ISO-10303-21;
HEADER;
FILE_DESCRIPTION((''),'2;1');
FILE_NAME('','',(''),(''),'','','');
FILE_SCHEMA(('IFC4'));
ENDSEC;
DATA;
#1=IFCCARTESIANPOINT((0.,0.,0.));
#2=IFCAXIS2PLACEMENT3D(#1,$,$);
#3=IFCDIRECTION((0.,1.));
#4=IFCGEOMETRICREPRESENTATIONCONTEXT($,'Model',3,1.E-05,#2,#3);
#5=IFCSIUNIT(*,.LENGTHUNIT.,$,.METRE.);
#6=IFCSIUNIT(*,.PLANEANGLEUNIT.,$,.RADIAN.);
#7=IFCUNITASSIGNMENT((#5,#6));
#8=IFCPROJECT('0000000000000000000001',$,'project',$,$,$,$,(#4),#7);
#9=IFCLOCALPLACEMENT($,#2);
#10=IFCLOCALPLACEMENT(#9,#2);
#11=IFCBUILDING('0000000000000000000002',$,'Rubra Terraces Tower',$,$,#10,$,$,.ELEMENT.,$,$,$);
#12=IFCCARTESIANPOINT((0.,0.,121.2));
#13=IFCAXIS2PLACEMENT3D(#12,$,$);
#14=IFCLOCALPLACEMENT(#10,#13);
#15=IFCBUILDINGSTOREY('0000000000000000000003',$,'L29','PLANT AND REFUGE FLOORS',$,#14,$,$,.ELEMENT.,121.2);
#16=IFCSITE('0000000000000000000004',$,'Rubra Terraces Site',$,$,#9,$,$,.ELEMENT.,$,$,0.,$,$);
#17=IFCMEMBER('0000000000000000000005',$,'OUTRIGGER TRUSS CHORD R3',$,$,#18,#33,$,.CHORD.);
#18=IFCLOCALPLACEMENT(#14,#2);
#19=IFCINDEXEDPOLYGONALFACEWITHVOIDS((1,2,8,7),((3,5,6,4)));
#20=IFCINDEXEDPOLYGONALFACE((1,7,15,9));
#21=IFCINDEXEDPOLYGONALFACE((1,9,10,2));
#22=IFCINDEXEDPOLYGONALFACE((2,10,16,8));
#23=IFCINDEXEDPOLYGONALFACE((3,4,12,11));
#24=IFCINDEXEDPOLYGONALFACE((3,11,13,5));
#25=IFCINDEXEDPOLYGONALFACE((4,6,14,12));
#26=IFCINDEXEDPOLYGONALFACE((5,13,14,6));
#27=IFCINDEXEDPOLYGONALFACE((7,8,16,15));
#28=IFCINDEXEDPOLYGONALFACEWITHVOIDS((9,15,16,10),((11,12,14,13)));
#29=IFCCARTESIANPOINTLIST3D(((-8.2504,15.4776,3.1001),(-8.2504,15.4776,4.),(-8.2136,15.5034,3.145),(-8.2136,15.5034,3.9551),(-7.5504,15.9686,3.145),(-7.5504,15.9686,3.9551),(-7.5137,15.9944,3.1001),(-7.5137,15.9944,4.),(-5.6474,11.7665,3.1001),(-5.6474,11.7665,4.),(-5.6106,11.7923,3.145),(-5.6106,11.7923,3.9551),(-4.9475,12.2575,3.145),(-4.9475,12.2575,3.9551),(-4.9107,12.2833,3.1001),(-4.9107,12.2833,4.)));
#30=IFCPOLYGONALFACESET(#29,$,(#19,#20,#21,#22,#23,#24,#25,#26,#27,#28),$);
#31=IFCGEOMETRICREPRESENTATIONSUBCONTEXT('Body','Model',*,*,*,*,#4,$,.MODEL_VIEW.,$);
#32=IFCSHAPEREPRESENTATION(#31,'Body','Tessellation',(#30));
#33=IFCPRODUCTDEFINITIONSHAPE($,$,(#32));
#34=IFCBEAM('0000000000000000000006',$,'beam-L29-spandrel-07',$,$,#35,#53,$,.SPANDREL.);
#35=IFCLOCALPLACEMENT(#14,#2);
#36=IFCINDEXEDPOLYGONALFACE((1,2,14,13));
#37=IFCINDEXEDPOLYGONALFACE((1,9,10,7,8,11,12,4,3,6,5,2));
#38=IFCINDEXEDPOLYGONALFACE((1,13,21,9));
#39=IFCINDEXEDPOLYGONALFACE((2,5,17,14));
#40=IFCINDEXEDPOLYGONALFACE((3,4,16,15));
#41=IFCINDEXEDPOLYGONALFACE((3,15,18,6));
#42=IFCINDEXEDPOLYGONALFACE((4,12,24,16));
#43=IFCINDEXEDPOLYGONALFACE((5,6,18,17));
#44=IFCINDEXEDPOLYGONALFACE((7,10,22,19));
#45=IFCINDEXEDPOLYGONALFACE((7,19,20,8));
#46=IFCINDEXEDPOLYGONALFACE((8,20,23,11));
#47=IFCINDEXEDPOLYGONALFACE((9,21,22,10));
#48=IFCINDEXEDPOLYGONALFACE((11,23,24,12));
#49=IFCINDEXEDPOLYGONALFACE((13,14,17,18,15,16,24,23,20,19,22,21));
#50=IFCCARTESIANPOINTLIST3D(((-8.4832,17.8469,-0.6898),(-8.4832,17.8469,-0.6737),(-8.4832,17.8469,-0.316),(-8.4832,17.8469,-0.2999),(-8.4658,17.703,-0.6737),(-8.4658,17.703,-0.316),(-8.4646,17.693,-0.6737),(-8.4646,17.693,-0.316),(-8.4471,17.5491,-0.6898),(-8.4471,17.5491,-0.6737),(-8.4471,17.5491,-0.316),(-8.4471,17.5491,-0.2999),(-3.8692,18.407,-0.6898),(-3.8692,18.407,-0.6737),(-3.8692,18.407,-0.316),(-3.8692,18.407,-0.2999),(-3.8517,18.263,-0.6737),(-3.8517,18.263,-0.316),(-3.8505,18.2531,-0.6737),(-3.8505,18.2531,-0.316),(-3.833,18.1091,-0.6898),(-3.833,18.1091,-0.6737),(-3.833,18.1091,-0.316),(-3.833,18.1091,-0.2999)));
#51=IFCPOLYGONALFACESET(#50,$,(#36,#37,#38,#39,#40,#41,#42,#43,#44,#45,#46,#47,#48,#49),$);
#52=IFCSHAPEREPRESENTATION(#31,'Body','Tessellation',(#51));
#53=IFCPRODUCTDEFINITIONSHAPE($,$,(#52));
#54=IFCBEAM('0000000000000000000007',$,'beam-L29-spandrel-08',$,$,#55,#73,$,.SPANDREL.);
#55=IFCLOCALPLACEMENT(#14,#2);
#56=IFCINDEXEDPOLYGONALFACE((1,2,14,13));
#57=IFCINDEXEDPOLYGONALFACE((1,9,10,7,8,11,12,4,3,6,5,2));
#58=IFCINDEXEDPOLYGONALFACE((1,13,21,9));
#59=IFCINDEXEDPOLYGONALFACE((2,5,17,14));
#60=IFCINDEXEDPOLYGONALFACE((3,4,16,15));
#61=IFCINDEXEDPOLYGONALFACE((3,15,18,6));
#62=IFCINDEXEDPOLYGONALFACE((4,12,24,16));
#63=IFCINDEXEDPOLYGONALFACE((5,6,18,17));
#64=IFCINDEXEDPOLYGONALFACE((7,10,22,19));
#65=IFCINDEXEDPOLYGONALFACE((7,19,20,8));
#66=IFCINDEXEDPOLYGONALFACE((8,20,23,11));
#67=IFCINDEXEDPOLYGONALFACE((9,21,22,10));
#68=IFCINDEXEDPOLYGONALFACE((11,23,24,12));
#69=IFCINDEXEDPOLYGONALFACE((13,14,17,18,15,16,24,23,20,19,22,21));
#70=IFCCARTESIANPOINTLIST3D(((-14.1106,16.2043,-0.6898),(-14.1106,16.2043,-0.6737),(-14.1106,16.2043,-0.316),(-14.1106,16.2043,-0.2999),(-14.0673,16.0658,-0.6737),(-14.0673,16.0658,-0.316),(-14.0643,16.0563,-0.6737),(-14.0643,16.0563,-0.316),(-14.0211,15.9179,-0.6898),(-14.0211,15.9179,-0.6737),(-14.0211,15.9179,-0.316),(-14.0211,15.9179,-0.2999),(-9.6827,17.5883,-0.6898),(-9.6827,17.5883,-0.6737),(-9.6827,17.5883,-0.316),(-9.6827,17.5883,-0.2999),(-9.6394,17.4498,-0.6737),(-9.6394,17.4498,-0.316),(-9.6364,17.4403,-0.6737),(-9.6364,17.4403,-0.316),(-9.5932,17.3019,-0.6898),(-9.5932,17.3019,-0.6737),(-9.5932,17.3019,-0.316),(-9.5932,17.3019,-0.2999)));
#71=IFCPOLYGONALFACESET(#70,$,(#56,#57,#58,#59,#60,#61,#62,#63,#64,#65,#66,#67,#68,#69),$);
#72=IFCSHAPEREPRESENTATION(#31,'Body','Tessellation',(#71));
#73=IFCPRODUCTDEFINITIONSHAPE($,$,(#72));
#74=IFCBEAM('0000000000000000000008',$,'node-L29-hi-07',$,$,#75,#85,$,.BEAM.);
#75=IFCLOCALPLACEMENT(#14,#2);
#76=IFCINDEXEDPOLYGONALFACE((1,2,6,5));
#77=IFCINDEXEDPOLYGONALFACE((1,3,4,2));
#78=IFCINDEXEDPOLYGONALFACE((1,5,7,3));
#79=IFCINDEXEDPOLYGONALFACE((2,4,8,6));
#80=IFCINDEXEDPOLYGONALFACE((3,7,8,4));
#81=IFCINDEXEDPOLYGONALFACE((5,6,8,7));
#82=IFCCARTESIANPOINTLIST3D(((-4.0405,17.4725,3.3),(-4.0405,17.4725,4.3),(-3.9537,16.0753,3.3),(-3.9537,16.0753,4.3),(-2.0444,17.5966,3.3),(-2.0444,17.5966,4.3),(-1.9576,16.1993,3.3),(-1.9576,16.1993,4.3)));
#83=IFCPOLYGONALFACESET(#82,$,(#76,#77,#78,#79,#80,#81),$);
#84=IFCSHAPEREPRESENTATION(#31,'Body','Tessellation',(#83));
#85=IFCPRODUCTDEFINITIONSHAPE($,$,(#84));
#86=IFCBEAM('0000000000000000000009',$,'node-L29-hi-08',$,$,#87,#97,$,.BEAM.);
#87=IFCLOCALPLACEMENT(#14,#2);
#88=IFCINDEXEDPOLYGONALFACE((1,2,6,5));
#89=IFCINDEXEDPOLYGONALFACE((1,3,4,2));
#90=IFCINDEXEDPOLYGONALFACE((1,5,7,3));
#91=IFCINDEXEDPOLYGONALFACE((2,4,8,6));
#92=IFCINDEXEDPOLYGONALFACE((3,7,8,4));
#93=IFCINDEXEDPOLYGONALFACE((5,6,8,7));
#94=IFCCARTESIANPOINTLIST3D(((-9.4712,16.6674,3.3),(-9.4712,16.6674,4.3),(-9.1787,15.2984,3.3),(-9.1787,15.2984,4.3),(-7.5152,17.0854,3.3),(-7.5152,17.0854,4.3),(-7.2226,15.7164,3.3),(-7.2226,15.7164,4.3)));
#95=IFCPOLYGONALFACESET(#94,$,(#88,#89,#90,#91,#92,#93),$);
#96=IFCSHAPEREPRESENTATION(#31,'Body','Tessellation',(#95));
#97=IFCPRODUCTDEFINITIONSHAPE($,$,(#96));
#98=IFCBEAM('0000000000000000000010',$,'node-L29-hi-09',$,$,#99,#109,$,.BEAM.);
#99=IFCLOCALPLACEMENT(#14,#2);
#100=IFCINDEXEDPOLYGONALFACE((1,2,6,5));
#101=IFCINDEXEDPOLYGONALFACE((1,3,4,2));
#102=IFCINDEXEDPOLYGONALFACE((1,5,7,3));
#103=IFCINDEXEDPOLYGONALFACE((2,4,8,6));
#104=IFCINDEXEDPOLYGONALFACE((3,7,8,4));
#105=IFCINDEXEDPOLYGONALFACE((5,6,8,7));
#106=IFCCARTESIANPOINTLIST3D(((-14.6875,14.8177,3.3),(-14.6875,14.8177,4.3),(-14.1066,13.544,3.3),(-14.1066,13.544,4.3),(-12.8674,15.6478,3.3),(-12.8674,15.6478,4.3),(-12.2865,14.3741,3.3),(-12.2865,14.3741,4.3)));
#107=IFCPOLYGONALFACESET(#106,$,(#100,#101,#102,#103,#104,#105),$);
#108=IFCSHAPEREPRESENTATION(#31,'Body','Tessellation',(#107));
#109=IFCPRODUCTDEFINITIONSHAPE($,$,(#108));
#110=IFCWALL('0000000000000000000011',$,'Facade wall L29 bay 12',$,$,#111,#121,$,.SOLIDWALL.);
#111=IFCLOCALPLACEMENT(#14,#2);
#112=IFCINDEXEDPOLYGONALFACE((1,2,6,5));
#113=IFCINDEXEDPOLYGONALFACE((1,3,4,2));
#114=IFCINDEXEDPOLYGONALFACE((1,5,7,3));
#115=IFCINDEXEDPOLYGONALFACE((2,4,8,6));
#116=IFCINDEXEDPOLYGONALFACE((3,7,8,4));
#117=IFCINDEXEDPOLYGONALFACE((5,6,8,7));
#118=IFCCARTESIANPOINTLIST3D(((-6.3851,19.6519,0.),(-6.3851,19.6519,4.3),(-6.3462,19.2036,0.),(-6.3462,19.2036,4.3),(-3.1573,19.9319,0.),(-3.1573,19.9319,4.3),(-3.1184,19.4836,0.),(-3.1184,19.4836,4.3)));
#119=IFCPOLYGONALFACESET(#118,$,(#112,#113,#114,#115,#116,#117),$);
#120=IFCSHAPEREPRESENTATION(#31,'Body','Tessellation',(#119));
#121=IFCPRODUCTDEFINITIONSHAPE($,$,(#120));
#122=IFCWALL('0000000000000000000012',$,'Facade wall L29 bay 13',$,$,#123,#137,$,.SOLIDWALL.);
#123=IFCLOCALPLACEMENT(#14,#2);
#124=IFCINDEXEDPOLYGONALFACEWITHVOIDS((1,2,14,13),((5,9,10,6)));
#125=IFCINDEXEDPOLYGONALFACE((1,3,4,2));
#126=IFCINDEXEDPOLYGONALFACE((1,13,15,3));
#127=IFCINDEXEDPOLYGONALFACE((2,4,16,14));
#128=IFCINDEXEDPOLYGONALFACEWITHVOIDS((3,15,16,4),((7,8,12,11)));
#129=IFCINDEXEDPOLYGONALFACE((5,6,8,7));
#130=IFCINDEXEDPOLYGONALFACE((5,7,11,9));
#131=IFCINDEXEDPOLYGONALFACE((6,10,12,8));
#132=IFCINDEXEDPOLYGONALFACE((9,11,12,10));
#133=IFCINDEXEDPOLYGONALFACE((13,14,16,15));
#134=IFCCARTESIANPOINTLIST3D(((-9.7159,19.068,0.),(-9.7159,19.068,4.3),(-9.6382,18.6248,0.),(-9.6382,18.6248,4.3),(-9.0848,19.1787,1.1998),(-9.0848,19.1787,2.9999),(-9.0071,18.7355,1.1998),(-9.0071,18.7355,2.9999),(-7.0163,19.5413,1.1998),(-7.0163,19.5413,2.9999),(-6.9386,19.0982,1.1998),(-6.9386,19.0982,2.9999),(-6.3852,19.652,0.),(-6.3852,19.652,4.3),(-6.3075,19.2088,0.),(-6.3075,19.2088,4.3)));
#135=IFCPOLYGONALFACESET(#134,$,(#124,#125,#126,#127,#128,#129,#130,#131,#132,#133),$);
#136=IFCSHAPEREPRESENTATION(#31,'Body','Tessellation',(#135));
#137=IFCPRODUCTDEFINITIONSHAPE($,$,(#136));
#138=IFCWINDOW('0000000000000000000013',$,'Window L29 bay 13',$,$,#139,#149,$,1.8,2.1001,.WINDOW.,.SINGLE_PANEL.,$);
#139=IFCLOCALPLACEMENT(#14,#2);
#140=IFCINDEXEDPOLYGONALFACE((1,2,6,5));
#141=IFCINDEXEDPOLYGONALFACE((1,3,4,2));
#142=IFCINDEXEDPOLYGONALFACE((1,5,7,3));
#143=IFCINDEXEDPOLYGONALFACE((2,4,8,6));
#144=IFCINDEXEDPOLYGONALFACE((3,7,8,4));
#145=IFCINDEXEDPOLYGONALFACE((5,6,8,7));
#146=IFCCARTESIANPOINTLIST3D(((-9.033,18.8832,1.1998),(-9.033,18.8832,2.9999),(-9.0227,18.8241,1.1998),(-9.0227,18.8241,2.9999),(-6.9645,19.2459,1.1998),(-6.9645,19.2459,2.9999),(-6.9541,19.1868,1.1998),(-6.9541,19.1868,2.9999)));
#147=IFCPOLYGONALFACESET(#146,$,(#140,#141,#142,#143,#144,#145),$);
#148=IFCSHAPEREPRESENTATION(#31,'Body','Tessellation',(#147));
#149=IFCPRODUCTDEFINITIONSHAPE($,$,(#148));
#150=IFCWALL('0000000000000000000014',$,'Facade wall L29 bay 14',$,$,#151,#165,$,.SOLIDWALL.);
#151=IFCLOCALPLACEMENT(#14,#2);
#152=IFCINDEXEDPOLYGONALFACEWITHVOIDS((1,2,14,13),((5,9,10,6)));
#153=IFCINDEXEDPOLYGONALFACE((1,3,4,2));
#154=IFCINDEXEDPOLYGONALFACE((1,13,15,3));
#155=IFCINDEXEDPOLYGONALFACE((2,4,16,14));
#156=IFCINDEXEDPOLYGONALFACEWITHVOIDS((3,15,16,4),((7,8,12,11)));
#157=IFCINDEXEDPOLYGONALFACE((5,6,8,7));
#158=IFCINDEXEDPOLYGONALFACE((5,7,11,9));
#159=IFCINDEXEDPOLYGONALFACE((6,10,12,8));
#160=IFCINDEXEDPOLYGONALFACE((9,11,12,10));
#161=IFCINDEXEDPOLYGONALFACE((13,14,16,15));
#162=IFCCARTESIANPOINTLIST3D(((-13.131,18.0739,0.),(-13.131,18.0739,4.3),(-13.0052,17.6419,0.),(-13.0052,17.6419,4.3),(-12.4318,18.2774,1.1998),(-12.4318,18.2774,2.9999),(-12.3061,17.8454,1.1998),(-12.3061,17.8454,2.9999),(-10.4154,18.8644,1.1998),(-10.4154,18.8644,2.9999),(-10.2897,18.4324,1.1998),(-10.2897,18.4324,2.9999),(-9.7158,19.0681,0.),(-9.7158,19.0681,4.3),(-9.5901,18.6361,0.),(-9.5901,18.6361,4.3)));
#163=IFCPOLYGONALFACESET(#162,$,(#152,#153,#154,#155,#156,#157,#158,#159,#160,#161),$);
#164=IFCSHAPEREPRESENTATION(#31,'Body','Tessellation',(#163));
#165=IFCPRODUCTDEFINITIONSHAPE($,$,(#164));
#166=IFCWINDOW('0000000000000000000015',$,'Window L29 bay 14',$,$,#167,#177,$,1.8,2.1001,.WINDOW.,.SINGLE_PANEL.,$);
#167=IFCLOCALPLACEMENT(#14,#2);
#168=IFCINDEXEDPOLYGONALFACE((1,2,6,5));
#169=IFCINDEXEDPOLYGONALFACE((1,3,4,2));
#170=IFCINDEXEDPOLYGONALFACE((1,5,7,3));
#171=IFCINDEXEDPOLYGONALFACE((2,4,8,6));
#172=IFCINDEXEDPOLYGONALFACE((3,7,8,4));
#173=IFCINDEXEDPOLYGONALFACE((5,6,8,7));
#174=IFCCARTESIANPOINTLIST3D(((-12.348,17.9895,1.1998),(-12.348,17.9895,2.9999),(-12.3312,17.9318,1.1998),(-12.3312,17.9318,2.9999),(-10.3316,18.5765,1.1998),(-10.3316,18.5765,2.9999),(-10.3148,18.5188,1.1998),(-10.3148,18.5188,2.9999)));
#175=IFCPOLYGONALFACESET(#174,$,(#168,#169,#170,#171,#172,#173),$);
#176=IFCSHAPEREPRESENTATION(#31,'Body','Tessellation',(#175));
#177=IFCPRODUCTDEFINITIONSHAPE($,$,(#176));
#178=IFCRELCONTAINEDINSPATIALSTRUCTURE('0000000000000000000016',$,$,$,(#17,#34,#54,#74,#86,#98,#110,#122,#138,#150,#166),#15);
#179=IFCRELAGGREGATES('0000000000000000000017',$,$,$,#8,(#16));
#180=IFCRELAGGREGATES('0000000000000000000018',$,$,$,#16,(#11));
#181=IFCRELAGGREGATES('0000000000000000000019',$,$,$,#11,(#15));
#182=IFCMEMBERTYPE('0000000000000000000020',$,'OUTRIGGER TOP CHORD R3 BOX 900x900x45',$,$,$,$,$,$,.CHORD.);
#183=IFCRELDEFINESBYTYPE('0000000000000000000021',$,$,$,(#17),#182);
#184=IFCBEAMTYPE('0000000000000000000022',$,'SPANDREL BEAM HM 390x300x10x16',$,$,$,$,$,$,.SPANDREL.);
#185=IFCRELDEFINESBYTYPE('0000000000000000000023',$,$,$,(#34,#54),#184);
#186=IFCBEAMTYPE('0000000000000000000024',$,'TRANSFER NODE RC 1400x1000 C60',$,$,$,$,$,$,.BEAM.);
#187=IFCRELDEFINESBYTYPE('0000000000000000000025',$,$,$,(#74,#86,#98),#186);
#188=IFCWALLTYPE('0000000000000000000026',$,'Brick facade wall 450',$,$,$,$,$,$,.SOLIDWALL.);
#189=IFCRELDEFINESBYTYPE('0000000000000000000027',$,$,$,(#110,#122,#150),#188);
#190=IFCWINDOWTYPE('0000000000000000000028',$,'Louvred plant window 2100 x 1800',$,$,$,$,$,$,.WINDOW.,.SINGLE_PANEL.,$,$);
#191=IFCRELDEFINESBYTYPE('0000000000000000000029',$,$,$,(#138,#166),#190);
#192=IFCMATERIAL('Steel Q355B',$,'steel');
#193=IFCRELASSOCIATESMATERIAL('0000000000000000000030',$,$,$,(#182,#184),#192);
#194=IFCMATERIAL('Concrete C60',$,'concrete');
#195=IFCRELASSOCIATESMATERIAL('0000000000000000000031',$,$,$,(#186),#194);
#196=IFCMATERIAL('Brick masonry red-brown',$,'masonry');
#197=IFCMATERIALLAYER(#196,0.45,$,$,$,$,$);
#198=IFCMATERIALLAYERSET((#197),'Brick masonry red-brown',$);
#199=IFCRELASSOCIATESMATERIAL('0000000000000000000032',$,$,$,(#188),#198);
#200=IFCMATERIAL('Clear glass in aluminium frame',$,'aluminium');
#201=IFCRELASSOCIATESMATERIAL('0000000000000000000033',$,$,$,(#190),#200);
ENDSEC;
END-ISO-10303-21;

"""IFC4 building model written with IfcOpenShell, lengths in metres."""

from ifc_helpers import new_model, si_unit, direction, frame, frame_2d, origin, origin_2d, place, context, subcontext, project, spatial, rectangle, hollow_rectangle, i_section, extrude, material, layer, layer_set, material_profile, profile_set, type_object, element, fill, save


model = new_model("IFC4")

# Units and contexts
model_context = context("Model", 3, precision=1e-05, world=origin(), true_north=direction((0.0, 1.0)))
body_context = subcontext(model_context, "Body", "Model", "MODEL_VIEW")
ifc_project = project(units=[si_unit("LENGTHUNIT", "METRE"), si_unit("PLANEANGLEUNIT", "RADIAN")], contexts=[model_context])

# Site, building, storey
site_placement = place(None, origin())
site = spatial("IfcSite", under=ifc_project, at=site_placement, Name="Rubra Terraces Site", CompositionType="ELEMENT", RefElevation=0.0)
building_placement = place(site_placement, origin())
building = spatial("IfcBuilding", under=site, at=building_placement, Name="Rubra Terraces Tower", CompositionType="ELEMENT")
storey_placement = place(building_placement, frame((0.0, 0.0, 121.2)))
storey = spatial("IfcBuildingStorey", under=building, at=storey_placement, Name="L29", Description="PLANT AND REFUGE FLOORS", CompositionType="ELEMENT", Elevation=121.2)

# Shared definitions
ifc_material_1 = material(Name="Concrete C60", Category="concrete")

# Shared definitions
ifc_material_2 = material(Name="Steel Q355B", Category="steel")

# Member
ifc_material_profile_1 = material_profile(ifc_material_2, hollow_rectangle(XDim=0.8999, YDim=0.8999, WallThickness=0.0449, at=origin_2d()), Name="BOX 900x900x45")
ifc_profile_set_1 = profile_set([ifc_material_profile_1], Name="Steel Q355B")
member_type_1 = type_object("IfcMemberType", Name="OUTRIGGER TOP CHORD R3 BOX 900x900x45", PredefinedType="CHORD", material=ifc_profile_set_1)
member_1_placement = place(storey_placement, frame((-5.2791, 12.0249, 3.55), z_axis=(-0.574232, 0.818693, 0.0), x_axis=(-0.818693, -0.574232, 0.0)))
element("IfcMember", 1, at=member_1_placement, inside=storey, type_object=member_type_1, Name="OUTRIGGER TRUSS CHORD R3", PredefinedType="CHORD", context=body_context, shape_type="SweptSolid", body=[
    extrude(hollow_rectangle(XDim=0.8999, YDim=0.8999, WallThickness=0.0449, at=origin_2d()), origin(), (0.0, 0.0, 1.0), 4.533),
])

# Beams
ifc_material_profile_2 = material_profile(ifc_material_2, i_section(OverallWidth=0.3, OverallDepth=0.3899, WebThickness=0.01, FlangeThickness=0.0161, at=origin_2d()), Name="HM 390x300x10x16")
ifc_profile_set_2 = profile_set([ifc_material_profile_2], Name="Steel Q355B")
beam_type_1 = type_object("IfcBeamType", Name="SPANDREL BEAM HM 390x300x10x16", PredefinedType="SPANDREL", material=ifc_profile_set_2)
beam_1_placement = place(storey_placement, frame((-3.8511, 18.2581, -0.4949), z_axis=(-0.992714, -0.120498, 0.0), x_axis=(0.120498, -0.992714, 0.0)))
element("IfcBeam", 2, at=beam_1_placement, inside=storey, type_object=beam_type_1, Name="beam-L29-spandrel-07", PredefinedType="SPANDREL", context=body_context, shape_type="SweptSolid", body=[
    extrude(i_section(OverallWidth=0.3, OverallDepth=0.3899, WebThickness=0.01, FlangeThickness=0.0161, at=origin_2d()), origin(), (0.0, 0.0, 1.0), 4.6479),
])
beam_2_placement = place(storey_placement, frame((-9.6379, 17.4451, -0.4949), z_axis=(-0.954462, -0.298332, 0.0), x_axis=(0.298332, -0.954462, 0.0)))
element("IfcBeam", 3, at=beam_2_placement, inside=storey, type_object=beam_type_1, Name="beam-L29-spandrel-08", PredefinedType="SPANDREL", context=body_context, shape_type="SweptSolid", body=[
    extrude(i_section(OverallWidth=0.3, OverallDepth=0.3899, WebThickness=0.01, FlangeThickness=0.0161, at=origin_2d()), origin(), (0.0, 0.0, 1.0), 4.6392),
])
ifc_material_profile_3 = material_profile(ifc_material_1, rectangle(XDim=1.3999, YDim=1.0, at=origin_2d()), Name="RC 1400x1000")
ifc_profile_set_3 = profile_set([ifc_material_profile_3], Name="Concrete C60")
beam_type_2 = type_object("IfcBeamType", Name="TRANSFER NODE RC 1400x1000 C60", PredefinedType="BEAM", material=ifc_profile_set_3)
beam_3_placement = place(storey_placement, frame((-2.001, 16.8979, 3.8), z_axis=(-0.998075, -0.062013, 0.0), x_axis=(0.062013, -0.998075, 0.0)))
element("IfcBeam", 4, at=beam_3_placement, inside=storey, type_object=beam_type_2, Name="node-L29-hi-07", PredefinedType="BEAM", context=body_context, shape_type="SweptSolid", body=[
    extrude(rectangle(XDim=1.3999, YDim=1.0, at=origin_2d()), origin(), (0.0, 0.0, 1.0), 2.0),
])
beam_4_placement = place(storey_placement, frame((-7.3689, 16.4009, 3.8), z_axis=(-0.977924, -0.208962, 0.0), x_axis=(0.208962, -0.977924, 0.0)))
element("IfcBeam", 5, at=beam_4_placement, inside=storey, type_object=beam_type_2, Name="node-L29-hi-08", PredefinedType="BEAM", context=body_context, shape_type="SweptSolid", body=[
    extrude(rectangle(XDim=1.3999, YDim=1.0, at=origin_2d()), origin(), (0.0, 0.0, 1.0), 2.0002),
])
beam_5_placement = place(storey_placement, frame((-12.5769, 15.011, 3.8), z_axis=(-0.909843, -0.414952, 0.0), x_axis=(0.414952, -0.909843, 0.0)))
element("IfcBeam", 6, at=beam_5_placement, inside=storey, type_object=beam_type_2, Name="node-L29-hi-09", PredefinedType="BEAM", context=body_context, shape_type="SweptSolid", body=[
    extrude(rectangle(XDim=1.3999, YDim=1.0, at=origin_2d()), origin(), (0.0, 0.0, 1.0), 2.0005),
])

# Wall
ifc_material_3 = material(Name="Brick masonry red-brown", Category="masonry")
ifc_layer_1 = layer(ifc_material_3, 0.45)
ifc_layer_set_1 = layer_set([ifc_layer_1], Name="Brick masonry red-brown")
wall_type_1 = type_object("IfcWallType", Name="Brick facade wall 450", PredefinedType="SOLIDWALL", material=ifc_layer_set_1)
wall_1_placement = place(storey_placement, frame((-3.1377, 19.7078, 0.0), z_axis=(0.0, 0.0, 1.0), x_axis=(-0.996258, -0.086431, 0.0)))
element("IfcWall", 7, at=wall_1_placement, inside=storey, type_object=wall_type_1, Name="Facade wall L29 bay 12", PredefinedType="SOLIDWALL", context=body_context, shape_type="SweptSolid", body=[
    extrude(rectangle(XDim=3.24, YDim=0.45, at=frame_2d((1.6201, 0.0))), origin(), (0.0, 0.0, 1.0), 4.3),
])

# Walls, openings, windows
wall_2_placement = place(storey_placement, frame((-6.3462, 19.4304, 0.0), z_axis=(0.0, 0.0, 1.0), x_axis=(-0.984976, -0.172694, 0.0)))
wall_2 = element("IfcWall", 8, at=wall_2_placement, inside=storey, type_object=wall_type_1, Name="Facade wall L29 bay 13", PredefinedType="SOLIDWALL", context=body_context, shape_type="SweptSolid", body=[
    extrude(rectangle(XDim=3.3816, YDim=0.45, at=frame_2d((1.6909, 0.0))), origin(), (0.0, 0.0, 1.0), 4.3),
])
opening_1_placement = place(wall_2_placement, frame((0.6409, 0.0, 1.2)))
opening_1 = element("IfcOpeningElement", 9, at=opening_1_placement, cuts=wall_2, PredefinedType="OPENING", context=body_context, shape_type="SweptSolid", body=[
    extrude(rectangle(XDim=2.1001, YDim=1.8, at=frame_2d((1.05, 0.8999))), frame((0.0, 0.2349, 0.0), z_axis=(0.0, -1.0, 0.0), x_axis=(1.0, 0.0, 0.0)), (0.0, 0.0, 1.0), 0.47),
])
ifc_material_4 = material(Name="Clear glass in aluminium frame", Category="aluminium")
window_type = type_object("IfcWindowType", Name="Louvred plant window 2100 x 1800", PartitioningType="SINGLE_PANEL", PredefinedType="WINDOW", material=ifc_material_4)
window_1_placement = place(opening_1_placement, origin())
window_1 = element("IfcWindow", 10, at=window_1_placement, inside=storey, type_object=window_type, Name="Window L29 bay 13", OverallHeight=1.8, OverallWidth=2.1001, PartitioningType="SINGLE_PANEL", PredefinedType="WINDOW", context=body_context, shape_type="SweptSolid", body=[
    extrude(rectangle(XDim=2.1001, YDim=1.8, at=frame_2d((1.05, 0.8999))), frame((0.0, 0.135, 0.0), z_axis=(0.0, -1.0, 0.0), x_axis=(1.0, 0.0, 0.0)), (0.0, 0.0, 1.0), 0.0601),
])
fill(opening_1, window_1)
wall_3_placement = place(storey_placement, frame((-9.6531, 18.8521, 0.0), z_axis=(0.0, 0.0, 1.0), x_axis=(-0.960144, -0.279504, 0.0)))
wall_3 = element("IfcWall", 11, at=wall_3_placement, inside=storey, type_object=wall_type_1, Name="Facade wall L29 bay 14", PredefinedType="SOLIDWALL", context=body_context, shape_type="SweptSolid", body=[
    extrude(rectangle(XDim=3.5569, YDim=0.45, at=frame_2d((1.7783, 0.0))), origin(), (0.0, 0.0, 1.0), 4.3),
])
opening_2_placement = place(wall_3_placement, frame((0.7285, 0.0, 1.2)))
opening_2 = element("IfcOpeningElement", 12, at=opening_2_placement, cuts=wall_3, PredefinedType="OPENING", context=body_context, shape_type="SweptSolid", body=[
    extrude(rectangle(XDim=2.1001, YDim=1.8, at=frame_2d((1.05, 0.8999))), frame((0.0, 0.2349, 0.0), z_axis=(0.0, -1.0, 0.0), x_axis=(1.0, 0.0, 0.0)), (0.0, 0.0, 1.0), 0.47),
])
window_2_placement = place(opening_2_placement, origin())
window_2 = element("IfcWindow", 13, at=window_2_placement, inside=storey, type_object=window_type, Name="Window L29 bay 14", OverallHeight=1.8, OverallWidth=2.1001, PartitioningType="SINGLE_PANEL", PredefinedType="WINDOW", context=body_context, shape_type="SweptSolid", body=[
    extrude(rectangle(XDim=2.1001, YDim=1.8, at=frame_2d((1.05, 0.8999))), frame((0.0, 0.135, 0.0), z_axis=(0.0, -1.0, 0.0), x_axis=(1.0, 0.0, 0.0)), (0.0, 0.0, 1.0), 0.0601),
])
fill(opening_2, window_2)

save(model, "model.ifc")
